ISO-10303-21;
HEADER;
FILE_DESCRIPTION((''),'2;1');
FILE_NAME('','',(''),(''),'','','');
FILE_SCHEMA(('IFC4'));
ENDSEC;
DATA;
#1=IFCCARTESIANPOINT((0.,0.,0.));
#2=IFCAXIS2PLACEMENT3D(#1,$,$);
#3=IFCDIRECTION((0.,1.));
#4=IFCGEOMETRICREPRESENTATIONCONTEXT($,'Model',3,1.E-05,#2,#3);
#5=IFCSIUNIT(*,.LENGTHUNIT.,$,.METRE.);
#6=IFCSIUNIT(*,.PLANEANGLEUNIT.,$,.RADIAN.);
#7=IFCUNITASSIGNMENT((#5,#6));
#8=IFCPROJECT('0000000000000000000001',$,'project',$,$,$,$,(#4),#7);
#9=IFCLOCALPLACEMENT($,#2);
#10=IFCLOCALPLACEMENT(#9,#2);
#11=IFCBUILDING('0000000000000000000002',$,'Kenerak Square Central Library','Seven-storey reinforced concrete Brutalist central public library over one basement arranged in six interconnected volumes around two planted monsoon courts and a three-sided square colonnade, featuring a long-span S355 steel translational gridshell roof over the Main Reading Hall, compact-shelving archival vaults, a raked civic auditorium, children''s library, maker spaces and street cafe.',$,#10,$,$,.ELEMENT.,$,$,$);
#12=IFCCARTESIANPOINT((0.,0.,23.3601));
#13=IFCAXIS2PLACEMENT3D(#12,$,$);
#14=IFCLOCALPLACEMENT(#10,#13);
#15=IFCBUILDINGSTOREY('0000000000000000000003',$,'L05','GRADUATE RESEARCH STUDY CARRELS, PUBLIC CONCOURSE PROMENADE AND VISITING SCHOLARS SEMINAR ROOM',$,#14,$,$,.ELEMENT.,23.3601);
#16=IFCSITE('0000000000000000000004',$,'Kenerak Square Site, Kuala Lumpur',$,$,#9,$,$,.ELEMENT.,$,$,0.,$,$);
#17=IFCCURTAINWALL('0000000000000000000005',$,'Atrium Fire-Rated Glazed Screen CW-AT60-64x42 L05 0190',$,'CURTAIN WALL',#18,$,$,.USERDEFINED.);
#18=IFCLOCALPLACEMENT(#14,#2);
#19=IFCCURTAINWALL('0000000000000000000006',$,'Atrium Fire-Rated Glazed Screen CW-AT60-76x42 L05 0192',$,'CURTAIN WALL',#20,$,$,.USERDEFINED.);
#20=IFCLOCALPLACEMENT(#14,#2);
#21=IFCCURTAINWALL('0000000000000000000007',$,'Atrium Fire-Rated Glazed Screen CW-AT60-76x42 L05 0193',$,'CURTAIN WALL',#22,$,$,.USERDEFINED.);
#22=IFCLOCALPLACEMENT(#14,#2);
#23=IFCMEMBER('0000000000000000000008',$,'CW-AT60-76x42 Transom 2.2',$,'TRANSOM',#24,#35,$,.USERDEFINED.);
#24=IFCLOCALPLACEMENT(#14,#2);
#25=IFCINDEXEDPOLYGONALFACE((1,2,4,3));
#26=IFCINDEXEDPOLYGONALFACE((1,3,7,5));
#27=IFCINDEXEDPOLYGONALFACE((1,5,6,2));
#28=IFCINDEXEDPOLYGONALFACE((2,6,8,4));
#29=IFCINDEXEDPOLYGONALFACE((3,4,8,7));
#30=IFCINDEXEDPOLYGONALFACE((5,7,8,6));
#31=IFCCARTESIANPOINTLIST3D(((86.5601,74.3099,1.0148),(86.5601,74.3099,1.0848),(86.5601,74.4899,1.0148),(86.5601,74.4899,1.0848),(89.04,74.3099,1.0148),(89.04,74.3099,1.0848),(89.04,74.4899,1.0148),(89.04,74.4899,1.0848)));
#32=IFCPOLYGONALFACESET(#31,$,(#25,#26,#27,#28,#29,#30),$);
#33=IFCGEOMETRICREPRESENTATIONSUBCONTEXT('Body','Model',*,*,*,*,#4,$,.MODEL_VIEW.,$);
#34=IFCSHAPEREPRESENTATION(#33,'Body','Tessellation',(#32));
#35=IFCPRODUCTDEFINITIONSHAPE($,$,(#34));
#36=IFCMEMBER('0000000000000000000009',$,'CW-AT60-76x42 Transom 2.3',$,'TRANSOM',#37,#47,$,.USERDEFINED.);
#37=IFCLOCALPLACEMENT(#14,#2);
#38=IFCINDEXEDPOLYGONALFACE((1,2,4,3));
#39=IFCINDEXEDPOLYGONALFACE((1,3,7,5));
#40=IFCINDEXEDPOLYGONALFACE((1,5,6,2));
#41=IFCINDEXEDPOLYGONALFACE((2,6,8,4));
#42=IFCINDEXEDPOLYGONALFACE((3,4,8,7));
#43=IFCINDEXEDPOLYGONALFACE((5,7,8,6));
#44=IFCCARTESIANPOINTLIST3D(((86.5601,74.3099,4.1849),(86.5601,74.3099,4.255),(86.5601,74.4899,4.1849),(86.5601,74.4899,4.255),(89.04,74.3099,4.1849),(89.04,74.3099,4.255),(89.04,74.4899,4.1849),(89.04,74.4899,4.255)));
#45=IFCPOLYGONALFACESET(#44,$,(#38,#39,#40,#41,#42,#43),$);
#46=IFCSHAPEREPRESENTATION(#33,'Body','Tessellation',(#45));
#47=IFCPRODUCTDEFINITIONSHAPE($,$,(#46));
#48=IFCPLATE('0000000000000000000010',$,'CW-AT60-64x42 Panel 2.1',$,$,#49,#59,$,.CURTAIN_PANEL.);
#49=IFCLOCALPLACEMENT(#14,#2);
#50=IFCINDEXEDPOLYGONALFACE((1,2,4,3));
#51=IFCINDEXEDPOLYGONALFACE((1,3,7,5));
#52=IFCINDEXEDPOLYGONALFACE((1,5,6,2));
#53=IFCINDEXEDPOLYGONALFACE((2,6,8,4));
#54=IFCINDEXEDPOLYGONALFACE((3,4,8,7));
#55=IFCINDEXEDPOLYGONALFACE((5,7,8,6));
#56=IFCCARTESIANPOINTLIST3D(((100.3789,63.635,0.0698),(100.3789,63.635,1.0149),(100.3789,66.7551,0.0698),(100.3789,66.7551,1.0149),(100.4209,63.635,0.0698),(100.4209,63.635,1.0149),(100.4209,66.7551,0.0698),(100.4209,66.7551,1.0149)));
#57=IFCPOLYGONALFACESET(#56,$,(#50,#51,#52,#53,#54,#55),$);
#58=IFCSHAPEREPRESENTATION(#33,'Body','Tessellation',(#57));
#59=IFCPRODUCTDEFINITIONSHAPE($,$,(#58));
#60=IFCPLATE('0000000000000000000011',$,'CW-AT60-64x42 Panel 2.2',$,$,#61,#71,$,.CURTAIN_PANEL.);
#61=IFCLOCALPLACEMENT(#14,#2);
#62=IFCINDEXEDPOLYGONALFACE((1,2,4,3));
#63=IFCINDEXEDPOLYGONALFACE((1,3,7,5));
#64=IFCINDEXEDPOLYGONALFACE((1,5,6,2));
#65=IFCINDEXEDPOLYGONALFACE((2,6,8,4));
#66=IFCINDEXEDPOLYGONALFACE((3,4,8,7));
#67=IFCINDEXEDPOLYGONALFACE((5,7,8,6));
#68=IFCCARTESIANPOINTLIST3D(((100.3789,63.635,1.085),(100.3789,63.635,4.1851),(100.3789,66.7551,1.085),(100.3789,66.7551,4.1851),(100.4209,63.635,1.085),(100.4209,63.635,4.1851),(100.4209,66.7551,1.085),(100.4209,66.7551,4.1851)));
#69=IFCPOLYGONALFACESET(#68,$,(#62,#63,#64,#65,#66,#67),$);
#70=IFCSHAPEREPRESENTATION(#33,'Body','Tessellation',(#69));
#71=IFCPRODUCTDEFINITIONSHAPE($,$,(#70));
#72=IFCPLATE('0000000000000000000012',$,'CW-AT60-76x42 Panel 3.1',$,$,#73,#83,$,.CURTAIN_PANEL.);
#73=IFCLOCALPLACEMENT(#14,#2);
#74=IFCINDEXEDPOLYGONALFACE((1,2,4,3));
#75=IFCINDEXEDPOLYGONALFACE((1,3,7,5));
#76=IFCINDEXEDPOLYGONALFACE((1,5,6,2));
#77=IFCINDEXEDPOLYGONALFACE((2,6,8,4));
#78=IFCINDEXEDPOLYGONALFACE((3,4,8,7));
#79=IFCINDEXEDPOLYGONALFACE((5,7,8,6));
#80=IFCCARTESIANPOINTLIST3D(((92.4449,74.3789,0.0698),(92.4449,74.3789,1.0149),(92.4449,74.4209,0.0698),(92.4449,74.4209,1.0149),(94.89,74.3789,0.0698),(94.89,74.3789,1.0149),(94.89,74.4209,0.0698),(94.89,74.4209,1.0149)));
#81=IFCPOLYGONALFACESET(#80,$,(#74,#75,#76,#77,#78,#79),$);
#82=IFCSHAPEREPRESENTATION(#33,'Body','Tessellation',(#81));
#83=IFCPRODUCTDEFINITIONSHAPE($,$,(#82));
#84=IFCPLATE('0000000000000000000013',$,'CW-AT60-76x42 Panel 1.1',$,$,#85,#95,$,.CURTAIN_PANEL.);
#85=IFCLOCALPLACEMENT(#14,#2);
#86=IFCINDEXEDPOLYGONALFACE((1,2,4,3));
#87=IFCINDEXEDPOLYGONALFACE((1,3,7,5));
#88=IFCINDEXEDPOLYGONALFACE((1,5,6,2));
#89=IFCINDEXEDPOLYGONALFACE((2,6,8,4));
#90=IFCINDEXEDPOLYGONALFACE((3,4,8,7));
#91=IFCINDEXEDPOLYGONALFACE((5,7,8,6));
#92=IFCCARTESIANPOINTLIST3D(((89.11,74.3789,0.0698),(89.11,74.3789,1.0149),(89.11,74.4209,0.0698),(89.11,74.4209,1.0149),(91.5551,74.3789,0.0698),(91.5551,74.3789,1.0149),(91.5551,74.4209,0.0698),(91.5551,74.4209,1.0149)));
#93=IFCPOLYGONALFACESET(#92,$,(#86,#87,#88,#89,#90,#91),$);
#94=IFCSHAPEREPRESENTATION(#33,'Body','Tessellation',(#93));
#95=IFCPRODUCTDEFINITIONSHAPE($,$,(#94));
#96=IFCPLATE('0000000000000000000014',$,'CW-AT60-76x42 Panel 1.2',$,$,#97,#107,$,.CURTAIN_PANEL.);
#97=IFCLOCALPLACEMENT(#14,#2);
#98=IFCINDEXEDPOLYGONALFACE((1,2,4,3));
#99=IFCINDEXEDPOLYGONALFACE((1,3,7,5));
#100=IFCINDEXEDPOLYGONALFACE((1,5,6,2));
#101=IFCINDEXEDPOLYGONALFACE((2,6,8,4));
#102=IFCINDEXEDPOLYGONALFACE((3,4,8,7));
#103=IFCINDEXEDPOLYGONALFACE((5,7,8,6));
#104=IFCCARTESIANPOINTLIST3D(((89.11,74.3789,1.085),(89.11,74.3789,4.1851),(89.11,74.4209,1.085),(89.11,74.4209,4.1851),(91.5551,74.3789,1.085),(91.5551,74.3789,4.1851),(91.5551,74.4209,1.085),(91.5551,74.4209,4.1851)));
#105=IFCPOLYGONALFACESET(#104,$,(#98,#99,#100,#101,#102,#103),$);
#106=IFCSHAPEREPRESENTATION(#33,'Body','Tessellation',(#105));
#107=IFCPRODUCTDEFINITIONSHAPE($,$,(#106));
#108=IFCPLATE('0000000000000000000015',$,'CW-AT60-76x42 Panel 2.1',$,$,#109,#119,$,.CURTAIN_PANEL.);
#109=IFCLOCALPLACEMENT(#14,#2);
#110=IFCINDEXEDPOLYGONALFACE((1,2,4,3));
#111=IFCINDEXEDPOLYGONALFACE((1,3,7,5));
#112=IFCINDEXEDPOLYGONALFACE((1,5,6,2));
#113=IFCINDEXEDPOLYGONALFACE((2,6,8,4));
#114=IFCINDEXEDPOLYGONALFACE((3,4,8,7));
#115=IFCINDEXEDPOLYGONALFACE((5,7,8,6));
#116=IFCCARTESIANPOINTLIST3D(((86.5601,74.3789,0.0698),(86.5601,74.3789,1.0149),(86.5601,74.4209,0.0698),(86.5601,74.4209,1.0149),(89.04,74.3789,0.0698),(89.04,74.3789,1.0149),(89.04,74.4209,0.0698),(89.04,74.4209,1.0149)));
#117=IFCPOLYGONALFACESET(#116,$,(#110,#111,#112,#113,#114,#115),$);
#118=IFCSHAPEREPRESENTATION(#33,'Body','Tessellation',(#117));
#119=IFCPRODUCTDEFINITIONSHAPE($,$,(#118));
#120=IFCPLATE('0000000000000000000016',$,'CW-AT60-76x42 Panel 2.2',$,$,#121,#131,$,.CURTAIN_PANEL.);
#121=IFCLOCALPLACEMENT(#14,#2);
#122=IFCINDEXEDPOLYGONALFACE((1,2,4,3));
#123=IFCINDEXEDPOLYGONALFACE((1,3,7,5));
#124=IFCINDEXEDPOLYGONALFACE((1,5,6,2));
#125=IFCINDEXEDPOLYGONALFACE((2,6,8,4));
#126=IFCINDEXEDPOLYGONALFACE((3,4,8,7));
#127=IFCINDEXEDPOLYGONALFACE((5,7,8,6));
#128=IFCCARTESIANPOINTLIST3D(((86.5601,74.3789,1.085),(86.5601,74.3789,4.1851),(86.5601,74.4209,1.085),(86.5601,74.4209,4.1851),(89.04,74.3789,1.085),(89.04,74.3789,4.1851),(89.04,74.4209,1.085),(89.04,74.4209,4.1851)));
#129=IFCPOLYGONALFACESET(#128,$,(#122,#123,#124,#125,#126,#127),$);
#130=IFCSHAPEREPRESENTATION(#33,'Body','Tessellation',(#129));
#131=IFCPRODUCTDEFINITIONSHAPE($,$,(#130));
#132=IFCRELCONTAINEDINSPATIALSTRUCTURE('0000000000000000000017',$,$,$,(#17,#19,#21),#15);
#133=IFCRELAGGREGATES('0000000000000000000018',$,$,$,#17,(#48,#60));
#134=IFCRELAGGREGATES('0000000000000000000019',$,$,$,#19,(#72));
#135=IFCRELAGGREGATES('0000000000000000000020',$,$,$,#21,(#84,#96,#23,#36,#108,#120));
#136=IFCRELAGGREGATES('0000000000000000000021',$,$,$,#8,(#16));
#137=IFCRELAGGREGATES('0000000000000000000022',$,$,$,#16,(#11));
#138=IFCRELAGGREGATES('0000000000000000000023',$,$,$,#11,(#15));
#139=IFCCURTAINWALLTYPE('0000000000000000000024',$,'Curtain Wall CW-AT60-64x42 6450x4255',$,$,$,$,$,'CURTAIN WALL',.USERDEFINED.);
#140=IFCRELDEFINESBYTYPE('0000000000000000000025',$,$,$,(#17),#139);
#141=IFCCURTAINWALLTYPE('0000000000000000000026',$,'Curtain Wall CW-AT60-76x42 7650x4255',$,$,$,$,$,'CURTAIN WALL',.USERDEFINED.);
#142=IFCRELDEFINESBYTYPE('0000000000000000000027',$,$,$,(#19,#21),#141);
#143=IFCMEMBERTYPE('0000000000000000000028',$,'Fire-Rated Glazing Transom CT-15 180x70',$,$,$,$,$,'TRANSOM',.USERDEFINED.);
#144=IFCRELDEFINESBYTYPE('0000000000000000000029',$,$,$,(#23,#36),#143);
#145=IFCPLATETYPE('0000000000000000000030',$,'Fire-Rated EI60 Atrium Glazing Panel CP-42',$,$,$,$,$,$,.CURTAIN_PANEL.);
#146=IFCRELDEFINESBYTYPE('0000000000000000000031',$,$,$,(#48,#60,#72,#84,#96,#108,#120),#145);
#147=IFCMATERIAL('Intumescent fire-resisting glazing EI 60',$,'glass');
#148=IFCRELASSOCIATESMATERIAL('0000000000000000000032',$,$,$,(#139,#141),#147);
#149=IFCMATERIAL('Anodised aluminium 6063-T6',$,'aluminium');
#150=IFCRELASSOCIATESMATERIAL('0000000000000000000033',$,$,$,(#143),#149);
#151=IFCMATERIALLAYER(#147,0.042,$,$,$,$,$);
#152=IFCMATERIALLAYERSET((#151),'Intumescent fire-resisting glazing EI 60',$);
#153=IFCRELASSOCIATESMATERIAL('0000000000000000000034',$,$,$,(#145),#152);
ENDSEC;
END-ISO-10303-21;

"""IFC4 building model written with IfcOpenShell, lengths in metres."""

from ifc_helpers import new_model, si_unit, direction, frame, origin, origin_2d, place, context, subcontext, project, spatial, rectangle, extrude, material, layer, layer_set, material_profile, profile_set, type_object, element, aggregate, save


model = new_model("IFC4")

# Units and contexts
model_context = context("Model", 3, precision=1e-05, world=origin(), true_north=direction((0.0, 1.0)))
body_context = subcontext(model_context, "Body", "Model", "MODEL_VIEW")
ifc_project = project(units=[si_unit("LENGTHUNIT", "METRE"), si_unit("PLANEANGLEUNIT", "RADIAN")], contexts=[model_context])

# Site, building, storey
site_placement = place(None, origin())
site = spatial("IfcSite", under=ifc_project, at=site_placement, Name="Kenerak Square Site, Kuala Lumpur", CompositionType="ELEMENT", RefElevation=0.0)
building_placement = place(site_placement, origin())
building = spatial("IfcBuilding", under=site, at=building_placement, Name="Kenerak Square Central Library", Description="Seven-storey reinforced concrete Brutalist central public library over one basement arranged in six interconnected volumes around two planted monsoon courts and a three-sided square colonnade, featuring a long-span S355 steel translational gridshell roof over the Main Reading Hall, compact-shelving archival vaults, a raked civic auditorium, children's library, maker spaces and street cafe.", CompositionType="ELEMENT")
storey_placement = place(building_placement, frame((0.0, 0.0, 23.3601)))
storey = spatial("IfcBuildingStorey", under=building, at=storey_placement, Name="L05", Description="GRADUATE RESEARCH STUDY CARRELS, PUBLIC CONCOURSE PROMENADE AND VISITING SCHOLARS SEMINAR ROOM", CompositionType="ELEMENT", Elevation=23.3601)

# Curtain walls
ifc_material_1 = material(Name="Intumescent fire-resisting glazing EI 60", Category="glass")
curtain_wall_type_1 = type_object("IfcCurtainWallType", Name="Curtain Wall CW-AT60-64x42 6450x4255", ElementType="CURTAIN WALL", PredefinedType="USERDEFINED", material=ifc_material_1)
curtain_wall_1_placement = place(storey_placement, origin())
curtain_wall_1 = element("IfcCurtainWall", 1, at=curtain_wall_1_placement, inside=storey, type_object=curtain_wall_type_1, Name="Atrium Fire-Rated Glazed Screen CW-AT60-64x42 L05 0190", ObjectType="CURTAIN WALL", PredefinedType="USERDEFINED")
ifc_material_2 = material(Name="Anodised aluminium 6063-T6", Category="aluminium")
curtain_wall_type_2 = type_object("IfcCurtainWallType", Name="Curtain Wall CW-AT60-76x42 7650x4255", ElementType="CURTAIN WALL", PredefinedType="USERDEFINED", material=ifc_material_1)
curtain_wall_2_placement = place(storey_placement, origin())
curtain_wall_2 = element("IfcCurtainWall", 2, at=curtain_wall_2_placement, inside=storey, type_object=curtain_wall_type_2, Name="Atrium Fire-Rated Glazed Screen CW-AT60-76x42 L05 0192", ObjectType="CURTAIN WALL", PredefinedType="USERDEFINED")

# Curtain wall
curtain_wall_3_placement = place(storey_placement, origin())
curtain_wall_3 = element("IfcCurtainWall", 3, at=curtain_wall_3_placement, inside=storey, type_object=curtain_wall_type_2, Name="Atrium Fire-Rated Glazed Screen CW-AT60-76x42 L05 0193", ObjectType="CURTAIN WALL", PredefinedType="USERDEFINED")

# Members
ifc_material_profile_1 = material_profile(ifc_material_2, rectangle(XDim=0.1799, YDim=0.0701, at=origin_2d()), Name="AL TRANSOM 180x70")
ifc_profile_set_1 = profile_set([ifc_material_profile_1], Name="Anodised aluminium 6063-T6")
member_type_1 = type_object("IfcMemberType", Name="Fire-Rated Glazing Transom CT-15 180x70", ElementType="TRANSOM", PredefinedType="USERDEFINED", material=ifc_profile_set_1)
member_1_placement = place(storey_placement, frame((89.04, 74.3999, 1.0498), z_axis=(-1.0, 0.0, 0.0), x_axis=(0.0, -1.0, 0.0)))
member_1 = element("IfcMember", 4, at=member_1_placement, type_object=member_type_1, Name="CW-AT60-76x42 Transom 2.2", ObjectType="TRANSOM", PredefinedType="USERDEFINED", context=body_context, shape_type="SweptSolid", body=[
    extrude(rectangle(XDim=0.1799, YDim=0.0701, at=origin_2d()), origin(), (0.0, 0.0, 1.0), 2.48),
])
member_2_placement = place(storey_placement, frame((89.04, 74.3999, 4.22), z_axis=(-1.0, 0.0, 0.0), x_axis=(0.0, -1.0, 0.0)))
member_2 = element("IfcMember", 5, at=member_2_placement, type_object=member_type_1, Name="CW-AT60-76x42 Transom 2.3", ObjectType="TRANSOM", PredefinedType="USERDEFINED", context=body_context, shape_type="SweptSolid", body=[
    extrude(rectangle(XDim=0.1799, YDim=0.0701, at=origin_2d()), origin(), (0.0, 0.0, 1.0), 2.48),
])

# Plates
ifc_layer = layer(ifc_material_1, 0.042)
ifc_layer_set = layer_set([ifc_layer], Name="Intumescent fire-resisting glazing EI 60")
plate_type = type_object("IfcPlateType", Name="Fire-Rated EI60 Atrium Glazing Panel CP-42", PredefinedType="CURTAIN_PANEL", material=ifc_layer_set)
plate_1_placement = place(storey_placement, frame((100.3999, 65.1951, 0.0698), z_axis=(0.0, 0.0, 1.0), x_axis=(0.0, 1.0, 0.0)))
plate_1 = element("IfcPlate", 6, at=plate_1_placement, type_object=plate_type, Name="CW-AT60-64x42 Panel 2.1", PredefinedType="CURTAIN_PANEL", context=body_context, shape_type="SweptSolid", body=[
    extrude(rectangle(XDim=3.1201, YDim=0.042, at=origin_2d()), origin(), (0.0, 0.0, 1.0), 0.9451),
])
plate_2_placement = place(storey_placement, frame((100.3999, 65.1951, 1.085), z_axis=(0.0, 0.0, 1.0), x_axis=(0.0, 1.0, 0.0)))
plate_2 = element("IfcPlate", 7, at=plate_2_placement, type_object=plate_type, Name="CW-AT60-64x42 Panel 2.2", PredefinedType="CURTAIN_PANEL", context=body_context, shape_type="SweptSolid", body=[
    extrude(rectangle(XDim=3.1201, YDim=0.042, at=origin_2d()), origin(), (0.0, 0.0, 1.0), 3.1001),
])
aggregate(curtain_wall_1, [plate_1, plate_2])
plate_3_placement = place(storey_placement, frame((93.6675, 74.3999, 0.0698), z_axis=(0.0, 0.0, 1.0), x_axis=(-1.0, 0.0, 0.0)))
plate_3 = element("IfcPlate", 8, at=plate_3_placement, type_object=plate_type, Name="CW-AT60-76x42 Panel 3.1", PredefinedType="CURTAIN_PANEL", context=body_context, shape_type="SweptSolid", body=[
    extrude(rectangle(XDim=2.4451, YDim=0.042, at=origin_2d()), origin(), (0.0, 0.0, 1.0), 0.9451),
])
aggregate(curtain_wall_2, [plate_3])
plate_4_placement = place(storey_placement, frame((90.3325, 74.3999, 0.0698), z_axis=(0.0, 0.0, 1.0), x_axis=(-1.0, 0.0, 0.0)))
plate_4 = element("IfcPlate", 9, at=plate_4_placement, type_object=plate_type, Name="CW-AT60-76x42 Panel 1.1", PredefinedType="CURTAIN_PANEL", context=body_context, shape_type="SweptSolid", body=[
    extrude(rectangle(XDim=2.4451, YDim=0.042, at=origin_2d()), origin(), (0.0, 0.0, 1.0), 0.9451),
])
plate_5_placement = place(storey_placement, frame((90.3325, 74.3999, 1.085), z_axis=(0.0, 0.0, 1.0), x_axis=(-1.0, 0.0, 0.0)))
plate_5 = element("IfcPlate", 10, at=plate_5_placement, type_object=plate_type, Name="CW-AT60-76x42 Panel 1.2", PredefinedType="CURTAIN_PANEL", context=body_context, shape_type="SweptSolid", body=[
    extrude(rectangle(XDim=2.4451, YDim=0.042, at=origin_2d()), origin(), (0.0, 0.0, 1.0), 3.1001),
])
plate_6_placement = place(storey_placement, frame((87.8, 74.3999, 0.0698), z_axis=(0.0, 0.0, 1.0), x_axis=(-1.0, 0.0, 0.0)))
plate_6 = element("IfcPlate", 11, at=plate_6_placement, type_object=plate_type, Name="CW-AT60-76x42 Panel 2.1", PredefinedType="CURTAIN_PANEL", context=body_context, shape_type="SweptSolid", body=[
    extrude(rectangle(XDim=2.48, YDim=0.042, at=origin_2d()), origin(), (0.0, 0.0, 1.0), 0.9451),
])
plate_7_placement = place(storey_placement, frame((87.8, 74.3999, 1.085), z_axis=(0.0, 0.0, 1.0), x_axis=(-1.0, 0.0, 0.0)))
plate_7 = element("IfcPlate", 12, at=plate_7_placement, type_object=plate_type, Name="CW-AT60-76x42 Panel 2.2", PredefinedType="CURTAIN_PANEL", context=body_context, shape_type="SweptSolid", body=[
    extrude(rectangle(XDim=2.48, YDim=0.042, at=origin_2d()), origin(), (0.0, 0.0, 1.0), 3.1001),
])
aggregate(curtain_wall_3, [plate_4, plate_5, member_1, member_2, plate_6, plate_7])

save(model, "model.ifc")
